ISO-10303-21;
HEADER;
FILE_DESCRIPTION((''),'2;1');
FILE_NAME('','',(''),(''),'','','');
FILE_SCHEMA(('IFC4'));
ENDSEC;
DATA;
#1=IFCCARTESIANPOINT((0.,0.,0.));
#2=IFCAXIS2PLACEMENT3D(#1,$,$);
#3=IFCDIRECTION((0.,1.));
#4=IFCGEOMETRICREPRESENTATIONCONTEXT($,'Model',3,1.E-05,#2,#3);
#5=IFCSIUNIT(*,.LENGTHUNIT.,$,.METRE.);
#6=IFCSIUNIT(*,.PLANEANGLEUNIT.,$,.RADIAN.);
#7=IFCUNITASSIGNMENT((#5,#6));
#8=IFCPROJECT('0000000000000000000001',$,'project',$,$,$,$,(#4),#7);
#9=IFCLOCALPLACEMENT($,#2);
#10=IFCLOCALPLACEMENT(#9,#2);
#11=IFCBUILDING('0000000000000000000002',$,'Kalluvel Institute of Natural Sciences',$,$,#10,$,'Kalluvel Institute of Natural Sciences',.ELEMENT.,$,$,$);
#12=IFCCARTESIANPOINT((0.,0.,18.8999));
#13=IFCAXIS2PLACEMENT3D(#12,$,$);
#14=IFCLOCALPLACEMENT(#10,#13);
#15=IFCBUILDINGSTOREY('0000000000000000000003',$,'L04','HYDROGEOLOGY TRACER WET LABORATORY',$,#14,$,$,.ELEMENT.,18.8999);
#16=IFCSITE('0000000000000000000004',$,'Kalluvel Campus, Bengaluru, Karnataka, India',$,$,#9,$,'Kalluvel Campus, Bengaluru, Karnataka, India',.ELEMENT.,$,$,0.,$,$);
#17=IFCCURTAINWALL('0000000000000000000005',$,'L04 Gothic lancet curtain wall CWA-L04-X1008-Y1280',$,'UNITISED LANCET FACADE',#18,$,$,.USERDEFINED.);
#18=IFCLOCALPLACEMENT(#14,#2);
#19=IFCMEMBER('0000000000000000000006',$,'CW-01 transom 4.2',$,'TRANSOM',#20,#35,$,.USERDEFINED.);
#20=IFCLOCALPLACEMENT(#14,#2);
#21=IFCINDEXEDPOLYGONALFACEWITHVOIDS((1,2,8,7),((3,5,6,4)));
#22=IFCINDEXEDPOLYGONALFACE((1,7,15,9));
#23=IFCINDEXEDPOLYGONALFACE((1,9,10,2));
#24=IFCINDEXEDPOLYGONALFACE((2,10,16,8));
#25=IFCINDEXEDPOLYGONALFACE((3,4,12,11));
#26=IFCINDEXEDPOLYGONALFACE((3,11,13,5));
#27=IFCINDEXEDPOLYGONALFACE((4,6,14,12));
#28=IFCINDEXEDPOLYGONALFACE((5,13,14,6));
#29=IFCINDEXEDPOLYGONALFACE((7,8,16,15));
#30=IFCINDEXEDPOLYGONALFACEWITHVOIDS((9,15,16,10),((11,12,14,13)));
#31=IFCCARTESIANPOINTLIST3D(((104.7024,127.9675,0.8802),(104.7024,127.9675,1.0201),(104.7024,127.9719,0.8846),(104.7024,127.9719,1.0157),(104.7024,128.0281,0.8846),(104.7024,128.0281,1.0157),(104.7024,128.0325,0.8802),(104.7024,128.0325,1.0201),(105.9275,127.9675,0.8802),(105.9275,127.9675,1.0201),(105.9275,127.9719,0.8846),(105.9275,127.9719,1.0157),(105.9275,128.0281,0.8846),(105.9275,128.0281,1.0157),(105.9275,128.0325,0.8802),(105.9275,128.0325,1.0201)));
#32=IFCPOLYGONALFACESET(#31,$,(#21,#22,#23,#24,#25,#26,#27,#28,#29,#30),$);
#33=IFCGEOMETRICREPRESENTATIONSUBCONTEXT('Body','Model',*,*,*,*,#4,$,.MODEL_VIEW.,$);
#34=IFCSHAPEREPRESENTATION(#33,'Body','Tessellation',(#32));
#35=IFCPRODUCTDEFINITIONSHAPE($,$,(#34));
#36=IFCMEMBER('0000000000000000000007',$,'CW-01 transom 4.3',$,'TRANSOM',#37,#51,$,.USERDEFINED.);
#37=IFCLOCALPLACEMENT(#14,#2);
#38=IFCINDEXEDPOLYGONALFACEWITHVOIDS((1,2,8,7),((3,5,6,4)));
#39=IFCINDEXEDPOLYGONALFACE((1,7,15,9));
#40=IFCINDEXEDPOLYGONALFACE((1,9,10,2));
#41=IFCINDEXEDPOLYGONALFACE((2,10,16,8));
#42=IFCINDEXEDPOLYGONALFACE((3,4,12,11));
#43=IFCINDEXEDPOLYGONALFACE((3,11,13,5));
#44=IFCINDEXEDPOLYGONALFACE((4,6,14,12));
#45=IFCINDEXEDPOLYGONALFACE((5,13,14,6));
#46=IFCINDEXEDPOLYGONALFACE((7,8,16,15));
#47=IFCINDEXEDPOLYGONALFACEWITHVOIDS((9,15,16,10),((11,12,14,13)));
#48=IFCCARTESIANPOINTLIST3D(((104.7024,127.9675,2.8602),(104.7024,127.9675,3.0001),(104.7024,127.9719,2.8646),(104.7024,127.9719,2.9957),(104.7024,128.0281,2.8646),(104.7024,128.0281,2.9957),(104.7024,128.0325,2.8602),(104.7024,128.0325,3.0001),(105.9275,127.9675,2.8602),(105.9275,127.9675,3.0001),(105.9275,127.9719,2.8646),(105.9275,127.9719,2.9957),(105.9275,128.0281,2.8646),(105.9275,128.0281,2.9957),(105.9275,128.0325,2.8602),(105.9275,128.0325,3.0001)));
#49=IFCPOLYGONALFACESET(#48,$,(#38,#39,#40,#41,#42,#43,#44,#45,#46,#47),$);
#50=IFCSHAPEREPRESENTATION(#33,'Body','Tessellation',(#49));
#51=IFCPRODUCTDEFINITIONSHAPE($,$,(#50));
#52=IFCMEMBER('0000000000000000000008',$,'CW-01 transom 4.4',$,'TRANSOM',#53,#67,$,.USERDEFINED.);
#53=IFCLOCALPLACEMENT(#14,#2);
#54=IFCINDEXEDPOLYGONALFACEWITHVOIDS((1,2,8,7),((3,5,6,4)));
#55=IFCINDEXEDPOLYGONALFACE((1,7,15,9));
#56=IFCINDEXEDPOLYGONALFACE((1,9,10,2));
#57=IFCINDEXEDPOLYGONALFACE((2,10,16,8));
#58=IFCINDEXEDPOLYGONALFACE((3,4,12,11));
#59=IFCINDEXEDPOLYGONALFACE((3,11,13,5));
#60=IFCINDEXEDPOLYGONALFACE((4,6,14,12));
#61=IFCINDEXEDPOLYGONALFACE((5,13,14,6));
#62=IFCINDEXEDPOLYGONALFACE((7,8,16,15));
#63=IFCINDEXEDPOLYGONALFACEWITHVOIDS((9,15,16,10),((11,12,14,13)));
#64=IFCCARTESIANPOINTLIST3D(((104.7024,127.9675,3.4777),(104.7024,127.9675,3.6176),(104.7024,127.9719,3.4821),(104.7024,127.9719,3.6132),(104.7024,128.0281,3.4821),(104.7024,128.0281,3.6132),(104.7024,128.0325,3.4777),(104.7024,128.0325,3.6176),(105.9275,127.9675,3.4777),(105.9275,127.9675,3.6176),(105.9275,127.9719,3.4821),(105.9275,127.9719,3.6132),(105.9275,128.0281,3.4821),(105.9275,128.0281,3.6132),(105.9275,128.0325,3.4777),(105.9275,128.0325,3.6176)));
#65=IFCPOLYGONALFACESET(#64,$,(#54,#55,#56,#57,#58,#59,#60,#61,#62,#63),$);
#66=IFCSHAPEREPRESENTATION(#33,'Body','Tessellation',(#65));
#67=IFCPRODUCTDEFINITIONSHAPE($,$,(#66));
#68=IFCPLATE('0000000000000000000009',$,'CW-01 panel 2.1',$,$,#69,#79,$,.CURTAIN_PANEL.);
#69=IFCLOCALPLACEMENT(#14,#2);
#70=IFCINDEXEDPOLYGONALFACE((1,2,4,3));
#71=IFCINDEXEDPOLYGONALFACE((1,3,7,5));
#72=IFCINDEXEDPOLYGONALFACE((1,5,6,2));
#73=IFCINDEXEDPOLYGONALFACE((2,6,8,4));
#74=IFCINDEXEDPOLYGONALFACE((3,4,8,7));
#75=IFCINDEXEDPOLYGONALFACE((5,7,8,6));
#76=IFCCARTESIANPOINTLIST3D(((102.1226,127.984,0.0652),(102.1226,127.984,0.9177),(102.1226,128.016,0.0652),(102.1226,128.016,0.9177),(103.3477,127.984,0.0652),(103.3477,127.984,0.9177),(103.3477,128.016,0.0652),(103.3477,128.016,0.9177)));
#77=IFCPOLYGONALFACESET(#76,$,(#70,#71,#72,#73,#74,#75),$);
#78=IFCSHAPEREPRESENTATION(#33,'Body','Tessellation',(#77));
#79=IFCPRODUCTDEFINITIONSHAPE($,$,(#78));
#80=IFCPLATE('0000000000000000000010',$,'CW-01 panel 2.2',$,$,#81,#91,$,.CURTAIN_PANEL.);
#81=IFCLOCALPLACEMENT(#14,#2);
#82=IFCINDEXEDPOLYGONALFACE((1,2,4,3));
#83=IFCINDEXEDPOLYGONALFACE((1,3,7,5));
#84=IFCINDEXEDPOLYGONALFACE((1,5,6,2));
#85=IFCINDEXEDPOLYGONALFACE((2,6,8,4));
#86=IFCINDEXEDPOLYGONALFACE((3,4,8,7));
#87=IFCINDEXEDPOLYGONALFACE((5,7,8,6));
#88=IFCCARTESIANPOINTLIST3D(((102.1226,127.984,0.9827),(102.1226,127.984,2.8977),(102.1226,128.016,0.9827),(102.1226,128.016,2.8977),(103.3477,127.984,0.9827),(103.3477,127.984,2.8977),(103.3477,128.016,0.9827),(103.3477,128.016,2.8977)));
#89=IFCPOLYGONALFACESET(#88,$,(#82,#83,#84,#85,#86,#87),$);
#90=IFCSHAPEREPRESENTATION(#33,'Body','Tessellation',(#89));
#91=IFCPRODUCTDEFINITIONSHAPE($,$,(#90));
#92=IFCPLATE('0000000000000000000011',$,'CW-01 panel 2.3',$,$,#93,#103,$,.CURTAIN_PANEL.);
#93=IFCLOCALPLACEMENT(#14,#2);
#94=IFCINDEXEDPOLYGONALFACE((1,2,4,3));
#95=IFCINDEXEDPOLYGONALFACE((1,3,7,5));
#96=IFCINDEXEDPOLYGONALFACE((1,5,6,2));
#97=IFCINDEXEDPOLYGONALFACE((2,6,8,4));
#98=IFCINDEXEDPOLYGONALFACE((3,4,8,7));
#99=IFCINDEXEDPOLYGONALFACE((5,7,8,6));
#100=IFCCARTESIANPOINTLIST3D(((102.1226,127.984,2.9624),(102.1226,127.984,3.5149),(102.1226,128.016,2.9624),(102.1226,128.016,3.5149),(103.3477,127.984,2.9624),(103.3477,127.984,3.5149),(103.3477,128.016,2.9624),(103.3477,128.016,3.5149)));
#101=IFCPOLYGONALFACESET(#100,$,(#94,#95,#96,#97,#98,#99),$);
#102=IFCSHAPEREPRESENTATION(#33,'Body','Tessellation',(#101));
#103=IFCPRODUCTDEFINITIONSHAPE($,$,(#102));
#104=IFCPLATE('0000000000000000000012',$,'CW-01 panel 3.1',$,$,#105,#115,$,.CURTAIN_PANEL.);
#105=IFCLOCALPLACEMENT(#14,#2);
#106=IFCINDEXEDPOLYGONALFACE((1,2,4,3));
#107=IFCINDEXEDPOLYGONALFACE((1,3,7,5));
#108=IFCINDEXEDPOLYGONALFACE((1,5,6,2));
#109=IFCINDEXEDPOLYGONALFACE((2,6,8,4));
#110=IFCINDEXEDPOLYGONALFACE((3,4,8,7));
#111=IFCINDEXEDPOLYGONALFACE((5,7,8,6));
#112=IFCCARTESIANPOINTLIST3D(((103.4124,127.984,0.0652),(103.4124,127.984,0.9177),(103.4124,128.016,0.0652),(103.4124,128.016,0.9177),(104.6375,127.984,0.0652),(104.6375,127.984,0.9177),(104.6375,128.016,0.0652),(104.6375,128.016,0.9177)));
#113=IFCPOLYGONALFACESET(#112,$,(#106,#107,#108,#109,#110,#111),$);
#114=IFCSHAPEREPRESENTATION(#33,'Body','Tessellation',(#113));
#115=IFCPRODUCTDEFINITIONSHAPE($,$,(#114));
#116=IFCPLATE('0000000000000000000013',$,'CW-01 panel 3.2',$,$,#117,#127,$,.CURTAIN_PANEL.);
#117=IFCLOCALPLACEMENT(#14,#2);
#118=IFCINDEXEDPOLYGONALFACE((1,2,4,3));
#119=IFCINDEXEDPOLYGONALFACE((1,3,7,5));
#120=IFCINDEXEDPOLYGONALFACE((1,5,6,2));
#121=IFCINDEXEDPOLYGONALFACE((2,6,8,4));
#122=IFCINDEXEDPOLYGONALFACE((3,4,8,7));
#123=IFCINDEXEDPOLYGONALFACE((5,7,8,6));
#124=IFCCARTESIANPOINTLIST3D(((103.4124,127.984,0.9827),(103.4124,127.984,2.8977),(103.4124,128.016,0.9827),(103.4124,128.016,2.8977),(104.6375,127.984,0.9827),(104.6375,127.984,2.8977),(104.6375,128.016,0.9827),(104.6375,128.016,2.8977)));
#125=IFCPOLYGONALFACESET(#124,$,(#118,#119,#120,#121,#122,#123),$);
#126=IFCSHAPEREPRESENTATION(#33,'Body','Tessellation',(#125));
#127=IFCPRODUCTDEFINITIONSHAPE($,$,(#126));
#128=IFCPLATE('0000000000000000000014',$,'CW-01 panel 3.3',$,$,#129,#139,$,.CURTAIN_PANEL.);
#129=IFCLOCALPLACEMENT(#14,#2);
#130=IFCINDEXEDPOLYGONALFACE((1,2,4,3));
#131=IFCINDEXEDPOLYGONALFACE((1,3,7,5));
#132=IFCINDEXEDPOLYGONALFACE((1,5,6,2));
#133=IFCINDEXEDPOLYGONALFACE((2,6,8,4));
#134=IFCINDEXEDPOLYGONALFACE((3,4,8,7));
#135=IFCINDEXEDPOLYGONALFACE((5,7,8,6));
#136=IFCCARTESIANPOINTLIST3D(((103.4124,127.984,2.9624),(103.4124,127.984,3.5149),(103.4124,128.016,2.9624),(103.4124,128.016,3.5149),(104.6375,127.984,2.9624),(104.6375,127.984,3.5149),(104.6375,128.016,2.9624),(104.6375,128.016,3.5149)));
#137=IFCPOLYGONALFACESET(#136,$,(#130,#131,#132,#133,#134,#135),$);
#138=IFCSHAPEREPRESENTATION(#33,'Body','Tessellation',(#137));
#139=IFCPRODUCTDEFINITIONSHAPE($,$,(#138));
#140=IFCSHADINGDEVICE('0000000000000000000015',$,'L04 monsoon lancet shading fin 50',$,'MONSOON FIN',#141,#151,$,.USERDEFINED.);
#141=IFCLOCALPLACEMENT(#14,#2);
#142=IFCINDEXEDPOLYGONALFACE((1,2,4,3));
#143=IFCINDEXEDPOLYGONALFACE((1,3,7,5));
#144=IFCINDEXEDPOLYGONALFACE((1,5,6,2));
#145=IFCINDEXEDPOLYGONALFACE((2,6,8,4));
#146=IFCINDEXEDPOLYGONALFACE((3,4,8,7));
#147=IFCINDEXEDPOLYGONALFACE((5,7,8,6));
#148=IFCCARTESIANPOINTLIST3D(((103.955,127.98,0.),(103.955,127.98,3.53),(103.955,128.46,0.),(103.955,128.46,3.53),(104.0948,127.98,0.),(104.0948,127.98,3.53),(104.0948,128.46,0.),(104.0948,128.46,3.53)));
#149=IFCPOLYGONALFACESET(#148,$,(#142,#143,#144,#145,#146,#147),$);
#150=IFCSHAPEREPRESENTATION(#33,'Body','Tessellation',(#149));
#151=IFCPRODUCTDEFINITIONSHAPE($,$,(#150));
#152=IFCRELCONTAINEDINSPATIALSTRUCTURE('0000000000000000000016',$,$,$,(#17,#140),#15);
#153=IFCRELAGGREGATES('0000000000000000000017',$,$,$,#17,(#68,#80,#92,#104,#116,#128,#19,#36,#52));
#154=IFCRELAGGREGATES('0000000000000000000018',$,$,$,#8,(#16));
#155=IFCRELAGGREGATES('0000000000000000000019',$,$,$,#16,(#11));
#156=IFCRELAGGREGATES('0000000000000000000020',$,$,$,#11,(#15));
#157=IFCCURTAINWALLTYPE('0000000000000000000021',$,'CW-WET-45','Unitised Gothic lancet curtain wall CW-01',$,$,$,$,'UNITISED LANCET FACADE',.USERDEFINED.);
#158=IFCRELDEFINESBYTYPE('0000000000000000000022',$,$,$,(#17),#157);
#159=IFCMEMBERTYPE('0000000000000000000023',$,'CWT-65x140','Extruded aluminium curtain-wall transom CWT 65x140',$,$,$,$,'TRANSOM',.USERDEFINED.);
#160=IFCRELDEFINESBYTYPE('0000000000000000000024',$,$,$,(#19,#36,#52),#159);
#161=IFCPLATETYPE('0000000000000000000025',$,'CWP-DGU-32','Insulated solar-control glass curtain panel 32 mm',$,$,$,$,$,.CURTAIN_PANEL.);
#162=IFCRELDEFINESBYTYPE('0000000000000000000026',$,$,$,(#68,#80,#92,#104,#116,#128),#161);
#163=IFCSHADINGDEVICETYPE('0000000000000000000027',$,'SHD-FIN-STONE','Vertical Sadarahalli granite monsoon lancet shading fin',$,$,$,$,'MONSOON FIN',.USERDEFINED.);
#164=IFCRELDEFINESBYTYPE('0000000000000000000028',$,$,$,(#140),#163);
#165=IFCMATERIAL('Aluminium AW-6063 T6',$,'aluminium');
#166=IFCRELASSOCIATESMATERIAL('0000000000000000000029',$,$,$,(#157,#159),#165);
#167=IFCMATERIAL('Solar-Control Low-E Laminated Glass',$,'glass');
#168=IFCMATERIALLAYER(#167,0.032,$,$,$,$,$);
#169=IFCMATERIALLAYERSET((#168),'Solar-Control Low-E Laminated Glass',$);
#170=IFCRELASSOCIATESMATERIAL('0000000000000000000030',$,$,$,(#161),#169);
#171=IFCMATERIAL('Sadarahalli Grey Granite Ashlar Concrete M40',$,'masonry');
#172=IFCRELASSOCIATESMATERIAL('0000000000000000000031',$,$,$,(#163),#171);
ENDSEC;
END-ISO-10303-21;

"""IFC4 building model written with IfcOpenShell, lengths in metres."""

from ifc_helpers import new_model, si_unit, direction, frame, origin, origin_2d, place, context, subcontext, project, spatial, rectangle, hollow_rectangle, extrude, material, layer, layer_set, material_profile, profile_set, type_object, element, aggregate, save


model = new_model("IFC4")

# Units and contexts
model_context = context("Model", 3, precision=1e-05, world=origin(), true_north=direction((0.0, 1.0)))
body_context = subcontext(model_context, "Body", "Model", "MODEL_VIEW")
ifc_project = project(units=[si_unit("LENGTHUNIT", "METRE"), si_unit("PLANEANGLEUNIT", "RADIAN")], contexts=[model_context])

# Site, building, storey
site_placement = place(None, origin())
site = spatial("IfcSite", under=ifc_project, at=site_placement, Name="Kalluvel Campus, Bengaluru, Karnataka, India", LongName="Kalluvel Campus, Bengaluru, Karnataka, India", CompositionType="ELEMENT", RefElevation=0.0)
building_placement = place(site_placement, origin())
building = spatial("IfcBuilding", under=site, at=building_placement, Name="Kalluvel Institute of Natural Sciences", LongName="Kalluvel Institute of Natural Sciences", CompositionType="ELEMENT")
storey_placement = place(building_placement, frame((0.0, 0.0, 18.8999)))
storey = spatial("IfcBuildingStorey", under=building, at=storey_placement, Name="L04", Description="HYDROGEOLOGY TRACER WET LABORATORY", CompositionType="ELEMENT", Elevation=18.8999)

# Curtain wall, members, plates
ifc_material_1 = material(Name="Aluminium AW-6063 T6", Category="aluminium")
curtain_wall_type = type_object("IfcCurtainWallType", Name="CW-WET-45", Description="Unitised Gothic lancet curtain wall CW-01", ElementType="UNITISED LANCET FACADE", PredefinedType="USERDEFINED", material=ifc_material_1)
curtain_wall_placement = place(storey_placement, origin())
curtain_wall = element("IfcCurtainWall", 1, at=curtain_wall_placement, inside=storey, type_object=curtain_wall_type, Name="L04 Gothic lancet curtain wall CWA-L04-X1008-Y1280", ObjectType="UNITISED LANCET FACADE", PredefinedType="USERDEFINED")
ifc_material_profile_1 = material_profile(ifc_material_1, hollow_rectangle(XDim=0.0649, YDim=0.1399, WallThickness=0.0044, at=origin_2d()), Name="CWT 65x140")
ifc_profile_set_1 = profile_set([ifc_material_profile_1], Name="Aluminium AW-6063 T6")
member_type_1 = type_object("IfcMemberType", Name="CWT-65x140", Description="Extruded aluminium curtain-wall transom CWT 65x140", ElementType="TRANSOM", PredefinedType="USERDEFINED", material=ifc_profile_set_1)
member_1_placement = place(storey_placement, frame((104.7024, 128.0, 0.9502), z_axis=(1.0, 0.0, 0.0), x_axis=(0.0, 1.0, 0.0)))
member_1 = element("IfcMember", 2, at=member_1_placement, type_object=member_type_1, Name="CW-01 transom 4.2", ObjectType="TRANSOM", PredefinedType="USERDEFINED", context=body_context, shape_type="SweptSolid", body=[
    extrude(hollow_rectangle(XDim=0.0649, YDim=0.1399, WallThickness=0.0044, at=origin_2d()), origin(), (0.0, 0.0, 1.0), 1.2251),
])
member_2_placement = place(storey_placement, frame((104.7024, 128.0, 2.9302), z_axis=(1.0, 0.0, 0.0), x_axis=(0.0, 1.0, 0.0)))
member_2 = element("IfcMember", 3, at=member_2_placement, type_object=member_type_1, Name="CW-01 transom 4.3", ObjectType="TRANSOM", PredefinedType="USERDEFINED", context=body_context, shape_type="SweptSolid", body=[
    extrude(hollow_rectangle(XDim=0.0649, YDim=0.1399, WallThickness=0.0044, at=origin_2d()), origin(), (0.0, 0.0, 1.0), 1.2251),
])
member_3_placement = place(storey_placement, frame((104.7024, 128.0, 3.5476), z_axis=(1.0, 0.0, 0.0), x_axis=(0.0, 1.0, 0.0)))
member_3 = element("IfcMember", 4, at=member_3_placement, type_object=member_type_1, Name="CW-01 transom 4.4", ObjectType="TRANSOM", PredefinedType="USERDEFINED", context=body_context, shape_type="SweptSolid", body=[
    extrude(hollow_rectangle(XDim=0.0649, YDim=0.1399, WallThickness=0.0044, at=origin_2d()), origin(), (0.0, 0.0, 1.0), 1.2251),
])
ifc_material_2 = material(Name="Solar-Control Low-E Laminated Glass", Category="glass")
ifc_layer = layer(ifc_material_2, 0.032)
ifc_layer_set = layer_set([ifc_layer], Name="Solar-Control Low-E Laminated Glass")
plate_type = type_object("IfcPlateType", Name="CWP-DGU-32", Description="Insulated solar-control glass curtain panel 32 mm", PredefinedType="CURTAIN_PANEL", material=ifc_layer_set)
plate_1_placement = place(storey_placement, frame((102.7351, 128.0, 0.0652), z_axis=(0.0, 0.0, 1.0), x_axis=(1.0, 0.0, 0.0)))
plate_1 = element("IfcPlate", 5, at=plate_1_placement, type_object=plate_type, Name="CW-01 panel 2.1", PredefinedType="CURTAIN_PANEL", context=body_context, shape_type="SweptSolid", body=[
    extrude(rectangle(XDim=1.2251, YDim=0.032, at=origin_2d()), origin(), (0.0, 0.0, 1.0), 0.8525),
])
plate_2_placement = place(storey_placement, frame((102.7351, 128.0, 0.9827), z_axis=(0.0, 0.0, 1.0), x_axis=(1.0, 0.0, 0.0)))
plate_2 = element("IfcPlate", 6, at=plate_2_placement, type_object=plate_type, Name="CW-01 panel 2.2", PredefinedType="CURTAIN_PANEL", context=body_context, shape_type="SweptSolid", body=[
    extrude(rectangle(XDim=1.2251, YDim=0.032, at=origin_2d()), origin(), (0.0, 0.0, 1.0), 1.915),
])
plate_3_placement = place(storey_placement, frame((102.7351, 128.0, 2.9624), z_axis=(0.0, 0.0, 1.0), x_axis=(1.0, 0.0, 0.0)))
plate_3 = element("IfcPlate", 7, at=plate_3_placement, type_object=plate_type, Name="CW-01 panel 2.3", PredefinedType="CURTAIN_PANEL", context=body_context, shape_type="SweptSolid", body=[
    extrude(rectangle(XDim=1.2251, YDim=0.032, at=origin_2d()), origin(), (0.0, 0.0, 1.0), 0.5525),
])
plate_4_placement = place(storey_placement, frame((104.0249, 128.0, 0.0652), z_axis=(0.0, 0.0, 1.0), x_axis=(1.0, 0.0, 0.0)))
plate_4 = element("IfcPlate", 8, at=plate_4_placement, type_object=plate_type, Name="CW-01 panel 3.1", PredefinedType="CURTAIN_PANEL", context=body_context, shape_type="SweptSolid", body=[
    extrude(rectangle(XDim=1.2251, YDim=0.032, at=origin_2d()), origin(), (0.0, 0.0, 1.0), 0.8525),
])
plate_5_placement = place(storey_placement, frame((104.0249, 128.0, 0.9827), z_axis=(0.0, 0.0, 1.0), x_axis=(1.0, 0.0, 0.0)))
plate_5 = element("IfcPlate", 9, at=plate_5_placement, type_object=plate_type, Name="CW-01 panel 3.2", PredefinedType="CURTAIN_PANEL", context=body_context, shape_type="SweptSolid", body=[
    extrude(rectangle(XDim=1.2251, YDim=0.032, at=origin_2d()), origin(), (0.0, 0.0, 1.0), 1.915),
])
plate_6_placement = place(storey_placement, frame((104.0249, 128.0, 2.9624), z_axis=(0.0, 0.0, 1.0), x_axis=(1.0, 0.0, 0.0)))
plate_6 = element("IfcPlate", 10, at=plate_6_placement, type_object=plate_type, Name="CW-01 panel 3.3", PredefinedType="CURTAIN_PANEL", context=body_context, shape_type="SweptSolid", body=[
    extrude(rectangle(XDim=1.2251, YDim=0.032, at=origin_2d()), origin(), (0.0, 0.0, 1.0), 0.5525),
])
aggregate(curtain_wall, [plate_1, plate_2, plate_3, plate_4, plate_5, plate_6, member_1, member_2, member_3])

# Shading device
ifc_material_3 = material(Name="Sadarahalli Grey Granite Ashlar Concrete M40", Category="masonry")
shading_device_type = type_object("IfcShadingDeviceType", Name="SHD-FIN-STONE", Description="Vertical Sadarahalli granite monsoon lancet shading fin", ElementType="MONSOON FIN", PredefinedType="USERDEFINED", material=ifc_material_3)
shading_device_placement = place(storey_placement, frame((104.0249, 128.22, 0.0), z_axis=(0.0, 0.0, 1.0), x_axis=(1.0, 0.0, 0.0)))
element("IfcShadingDevice", 11, at=shading_device_placement, inside=storey, type_object=shading_device_type, Name="L04 monsoon lancet shading fin 50", ObjectType="MONSOON FIN", PredefinedType="USERDEFINED", context=body_context, shape_type="SweptSolid", body=[
    extrude(rectangle(XDim=0.1399, YDim=0.48, at=origin_2d()), origin(), (0.0, 0.0, 1.0), 3.53),
])

save(model, "model.ifc")
